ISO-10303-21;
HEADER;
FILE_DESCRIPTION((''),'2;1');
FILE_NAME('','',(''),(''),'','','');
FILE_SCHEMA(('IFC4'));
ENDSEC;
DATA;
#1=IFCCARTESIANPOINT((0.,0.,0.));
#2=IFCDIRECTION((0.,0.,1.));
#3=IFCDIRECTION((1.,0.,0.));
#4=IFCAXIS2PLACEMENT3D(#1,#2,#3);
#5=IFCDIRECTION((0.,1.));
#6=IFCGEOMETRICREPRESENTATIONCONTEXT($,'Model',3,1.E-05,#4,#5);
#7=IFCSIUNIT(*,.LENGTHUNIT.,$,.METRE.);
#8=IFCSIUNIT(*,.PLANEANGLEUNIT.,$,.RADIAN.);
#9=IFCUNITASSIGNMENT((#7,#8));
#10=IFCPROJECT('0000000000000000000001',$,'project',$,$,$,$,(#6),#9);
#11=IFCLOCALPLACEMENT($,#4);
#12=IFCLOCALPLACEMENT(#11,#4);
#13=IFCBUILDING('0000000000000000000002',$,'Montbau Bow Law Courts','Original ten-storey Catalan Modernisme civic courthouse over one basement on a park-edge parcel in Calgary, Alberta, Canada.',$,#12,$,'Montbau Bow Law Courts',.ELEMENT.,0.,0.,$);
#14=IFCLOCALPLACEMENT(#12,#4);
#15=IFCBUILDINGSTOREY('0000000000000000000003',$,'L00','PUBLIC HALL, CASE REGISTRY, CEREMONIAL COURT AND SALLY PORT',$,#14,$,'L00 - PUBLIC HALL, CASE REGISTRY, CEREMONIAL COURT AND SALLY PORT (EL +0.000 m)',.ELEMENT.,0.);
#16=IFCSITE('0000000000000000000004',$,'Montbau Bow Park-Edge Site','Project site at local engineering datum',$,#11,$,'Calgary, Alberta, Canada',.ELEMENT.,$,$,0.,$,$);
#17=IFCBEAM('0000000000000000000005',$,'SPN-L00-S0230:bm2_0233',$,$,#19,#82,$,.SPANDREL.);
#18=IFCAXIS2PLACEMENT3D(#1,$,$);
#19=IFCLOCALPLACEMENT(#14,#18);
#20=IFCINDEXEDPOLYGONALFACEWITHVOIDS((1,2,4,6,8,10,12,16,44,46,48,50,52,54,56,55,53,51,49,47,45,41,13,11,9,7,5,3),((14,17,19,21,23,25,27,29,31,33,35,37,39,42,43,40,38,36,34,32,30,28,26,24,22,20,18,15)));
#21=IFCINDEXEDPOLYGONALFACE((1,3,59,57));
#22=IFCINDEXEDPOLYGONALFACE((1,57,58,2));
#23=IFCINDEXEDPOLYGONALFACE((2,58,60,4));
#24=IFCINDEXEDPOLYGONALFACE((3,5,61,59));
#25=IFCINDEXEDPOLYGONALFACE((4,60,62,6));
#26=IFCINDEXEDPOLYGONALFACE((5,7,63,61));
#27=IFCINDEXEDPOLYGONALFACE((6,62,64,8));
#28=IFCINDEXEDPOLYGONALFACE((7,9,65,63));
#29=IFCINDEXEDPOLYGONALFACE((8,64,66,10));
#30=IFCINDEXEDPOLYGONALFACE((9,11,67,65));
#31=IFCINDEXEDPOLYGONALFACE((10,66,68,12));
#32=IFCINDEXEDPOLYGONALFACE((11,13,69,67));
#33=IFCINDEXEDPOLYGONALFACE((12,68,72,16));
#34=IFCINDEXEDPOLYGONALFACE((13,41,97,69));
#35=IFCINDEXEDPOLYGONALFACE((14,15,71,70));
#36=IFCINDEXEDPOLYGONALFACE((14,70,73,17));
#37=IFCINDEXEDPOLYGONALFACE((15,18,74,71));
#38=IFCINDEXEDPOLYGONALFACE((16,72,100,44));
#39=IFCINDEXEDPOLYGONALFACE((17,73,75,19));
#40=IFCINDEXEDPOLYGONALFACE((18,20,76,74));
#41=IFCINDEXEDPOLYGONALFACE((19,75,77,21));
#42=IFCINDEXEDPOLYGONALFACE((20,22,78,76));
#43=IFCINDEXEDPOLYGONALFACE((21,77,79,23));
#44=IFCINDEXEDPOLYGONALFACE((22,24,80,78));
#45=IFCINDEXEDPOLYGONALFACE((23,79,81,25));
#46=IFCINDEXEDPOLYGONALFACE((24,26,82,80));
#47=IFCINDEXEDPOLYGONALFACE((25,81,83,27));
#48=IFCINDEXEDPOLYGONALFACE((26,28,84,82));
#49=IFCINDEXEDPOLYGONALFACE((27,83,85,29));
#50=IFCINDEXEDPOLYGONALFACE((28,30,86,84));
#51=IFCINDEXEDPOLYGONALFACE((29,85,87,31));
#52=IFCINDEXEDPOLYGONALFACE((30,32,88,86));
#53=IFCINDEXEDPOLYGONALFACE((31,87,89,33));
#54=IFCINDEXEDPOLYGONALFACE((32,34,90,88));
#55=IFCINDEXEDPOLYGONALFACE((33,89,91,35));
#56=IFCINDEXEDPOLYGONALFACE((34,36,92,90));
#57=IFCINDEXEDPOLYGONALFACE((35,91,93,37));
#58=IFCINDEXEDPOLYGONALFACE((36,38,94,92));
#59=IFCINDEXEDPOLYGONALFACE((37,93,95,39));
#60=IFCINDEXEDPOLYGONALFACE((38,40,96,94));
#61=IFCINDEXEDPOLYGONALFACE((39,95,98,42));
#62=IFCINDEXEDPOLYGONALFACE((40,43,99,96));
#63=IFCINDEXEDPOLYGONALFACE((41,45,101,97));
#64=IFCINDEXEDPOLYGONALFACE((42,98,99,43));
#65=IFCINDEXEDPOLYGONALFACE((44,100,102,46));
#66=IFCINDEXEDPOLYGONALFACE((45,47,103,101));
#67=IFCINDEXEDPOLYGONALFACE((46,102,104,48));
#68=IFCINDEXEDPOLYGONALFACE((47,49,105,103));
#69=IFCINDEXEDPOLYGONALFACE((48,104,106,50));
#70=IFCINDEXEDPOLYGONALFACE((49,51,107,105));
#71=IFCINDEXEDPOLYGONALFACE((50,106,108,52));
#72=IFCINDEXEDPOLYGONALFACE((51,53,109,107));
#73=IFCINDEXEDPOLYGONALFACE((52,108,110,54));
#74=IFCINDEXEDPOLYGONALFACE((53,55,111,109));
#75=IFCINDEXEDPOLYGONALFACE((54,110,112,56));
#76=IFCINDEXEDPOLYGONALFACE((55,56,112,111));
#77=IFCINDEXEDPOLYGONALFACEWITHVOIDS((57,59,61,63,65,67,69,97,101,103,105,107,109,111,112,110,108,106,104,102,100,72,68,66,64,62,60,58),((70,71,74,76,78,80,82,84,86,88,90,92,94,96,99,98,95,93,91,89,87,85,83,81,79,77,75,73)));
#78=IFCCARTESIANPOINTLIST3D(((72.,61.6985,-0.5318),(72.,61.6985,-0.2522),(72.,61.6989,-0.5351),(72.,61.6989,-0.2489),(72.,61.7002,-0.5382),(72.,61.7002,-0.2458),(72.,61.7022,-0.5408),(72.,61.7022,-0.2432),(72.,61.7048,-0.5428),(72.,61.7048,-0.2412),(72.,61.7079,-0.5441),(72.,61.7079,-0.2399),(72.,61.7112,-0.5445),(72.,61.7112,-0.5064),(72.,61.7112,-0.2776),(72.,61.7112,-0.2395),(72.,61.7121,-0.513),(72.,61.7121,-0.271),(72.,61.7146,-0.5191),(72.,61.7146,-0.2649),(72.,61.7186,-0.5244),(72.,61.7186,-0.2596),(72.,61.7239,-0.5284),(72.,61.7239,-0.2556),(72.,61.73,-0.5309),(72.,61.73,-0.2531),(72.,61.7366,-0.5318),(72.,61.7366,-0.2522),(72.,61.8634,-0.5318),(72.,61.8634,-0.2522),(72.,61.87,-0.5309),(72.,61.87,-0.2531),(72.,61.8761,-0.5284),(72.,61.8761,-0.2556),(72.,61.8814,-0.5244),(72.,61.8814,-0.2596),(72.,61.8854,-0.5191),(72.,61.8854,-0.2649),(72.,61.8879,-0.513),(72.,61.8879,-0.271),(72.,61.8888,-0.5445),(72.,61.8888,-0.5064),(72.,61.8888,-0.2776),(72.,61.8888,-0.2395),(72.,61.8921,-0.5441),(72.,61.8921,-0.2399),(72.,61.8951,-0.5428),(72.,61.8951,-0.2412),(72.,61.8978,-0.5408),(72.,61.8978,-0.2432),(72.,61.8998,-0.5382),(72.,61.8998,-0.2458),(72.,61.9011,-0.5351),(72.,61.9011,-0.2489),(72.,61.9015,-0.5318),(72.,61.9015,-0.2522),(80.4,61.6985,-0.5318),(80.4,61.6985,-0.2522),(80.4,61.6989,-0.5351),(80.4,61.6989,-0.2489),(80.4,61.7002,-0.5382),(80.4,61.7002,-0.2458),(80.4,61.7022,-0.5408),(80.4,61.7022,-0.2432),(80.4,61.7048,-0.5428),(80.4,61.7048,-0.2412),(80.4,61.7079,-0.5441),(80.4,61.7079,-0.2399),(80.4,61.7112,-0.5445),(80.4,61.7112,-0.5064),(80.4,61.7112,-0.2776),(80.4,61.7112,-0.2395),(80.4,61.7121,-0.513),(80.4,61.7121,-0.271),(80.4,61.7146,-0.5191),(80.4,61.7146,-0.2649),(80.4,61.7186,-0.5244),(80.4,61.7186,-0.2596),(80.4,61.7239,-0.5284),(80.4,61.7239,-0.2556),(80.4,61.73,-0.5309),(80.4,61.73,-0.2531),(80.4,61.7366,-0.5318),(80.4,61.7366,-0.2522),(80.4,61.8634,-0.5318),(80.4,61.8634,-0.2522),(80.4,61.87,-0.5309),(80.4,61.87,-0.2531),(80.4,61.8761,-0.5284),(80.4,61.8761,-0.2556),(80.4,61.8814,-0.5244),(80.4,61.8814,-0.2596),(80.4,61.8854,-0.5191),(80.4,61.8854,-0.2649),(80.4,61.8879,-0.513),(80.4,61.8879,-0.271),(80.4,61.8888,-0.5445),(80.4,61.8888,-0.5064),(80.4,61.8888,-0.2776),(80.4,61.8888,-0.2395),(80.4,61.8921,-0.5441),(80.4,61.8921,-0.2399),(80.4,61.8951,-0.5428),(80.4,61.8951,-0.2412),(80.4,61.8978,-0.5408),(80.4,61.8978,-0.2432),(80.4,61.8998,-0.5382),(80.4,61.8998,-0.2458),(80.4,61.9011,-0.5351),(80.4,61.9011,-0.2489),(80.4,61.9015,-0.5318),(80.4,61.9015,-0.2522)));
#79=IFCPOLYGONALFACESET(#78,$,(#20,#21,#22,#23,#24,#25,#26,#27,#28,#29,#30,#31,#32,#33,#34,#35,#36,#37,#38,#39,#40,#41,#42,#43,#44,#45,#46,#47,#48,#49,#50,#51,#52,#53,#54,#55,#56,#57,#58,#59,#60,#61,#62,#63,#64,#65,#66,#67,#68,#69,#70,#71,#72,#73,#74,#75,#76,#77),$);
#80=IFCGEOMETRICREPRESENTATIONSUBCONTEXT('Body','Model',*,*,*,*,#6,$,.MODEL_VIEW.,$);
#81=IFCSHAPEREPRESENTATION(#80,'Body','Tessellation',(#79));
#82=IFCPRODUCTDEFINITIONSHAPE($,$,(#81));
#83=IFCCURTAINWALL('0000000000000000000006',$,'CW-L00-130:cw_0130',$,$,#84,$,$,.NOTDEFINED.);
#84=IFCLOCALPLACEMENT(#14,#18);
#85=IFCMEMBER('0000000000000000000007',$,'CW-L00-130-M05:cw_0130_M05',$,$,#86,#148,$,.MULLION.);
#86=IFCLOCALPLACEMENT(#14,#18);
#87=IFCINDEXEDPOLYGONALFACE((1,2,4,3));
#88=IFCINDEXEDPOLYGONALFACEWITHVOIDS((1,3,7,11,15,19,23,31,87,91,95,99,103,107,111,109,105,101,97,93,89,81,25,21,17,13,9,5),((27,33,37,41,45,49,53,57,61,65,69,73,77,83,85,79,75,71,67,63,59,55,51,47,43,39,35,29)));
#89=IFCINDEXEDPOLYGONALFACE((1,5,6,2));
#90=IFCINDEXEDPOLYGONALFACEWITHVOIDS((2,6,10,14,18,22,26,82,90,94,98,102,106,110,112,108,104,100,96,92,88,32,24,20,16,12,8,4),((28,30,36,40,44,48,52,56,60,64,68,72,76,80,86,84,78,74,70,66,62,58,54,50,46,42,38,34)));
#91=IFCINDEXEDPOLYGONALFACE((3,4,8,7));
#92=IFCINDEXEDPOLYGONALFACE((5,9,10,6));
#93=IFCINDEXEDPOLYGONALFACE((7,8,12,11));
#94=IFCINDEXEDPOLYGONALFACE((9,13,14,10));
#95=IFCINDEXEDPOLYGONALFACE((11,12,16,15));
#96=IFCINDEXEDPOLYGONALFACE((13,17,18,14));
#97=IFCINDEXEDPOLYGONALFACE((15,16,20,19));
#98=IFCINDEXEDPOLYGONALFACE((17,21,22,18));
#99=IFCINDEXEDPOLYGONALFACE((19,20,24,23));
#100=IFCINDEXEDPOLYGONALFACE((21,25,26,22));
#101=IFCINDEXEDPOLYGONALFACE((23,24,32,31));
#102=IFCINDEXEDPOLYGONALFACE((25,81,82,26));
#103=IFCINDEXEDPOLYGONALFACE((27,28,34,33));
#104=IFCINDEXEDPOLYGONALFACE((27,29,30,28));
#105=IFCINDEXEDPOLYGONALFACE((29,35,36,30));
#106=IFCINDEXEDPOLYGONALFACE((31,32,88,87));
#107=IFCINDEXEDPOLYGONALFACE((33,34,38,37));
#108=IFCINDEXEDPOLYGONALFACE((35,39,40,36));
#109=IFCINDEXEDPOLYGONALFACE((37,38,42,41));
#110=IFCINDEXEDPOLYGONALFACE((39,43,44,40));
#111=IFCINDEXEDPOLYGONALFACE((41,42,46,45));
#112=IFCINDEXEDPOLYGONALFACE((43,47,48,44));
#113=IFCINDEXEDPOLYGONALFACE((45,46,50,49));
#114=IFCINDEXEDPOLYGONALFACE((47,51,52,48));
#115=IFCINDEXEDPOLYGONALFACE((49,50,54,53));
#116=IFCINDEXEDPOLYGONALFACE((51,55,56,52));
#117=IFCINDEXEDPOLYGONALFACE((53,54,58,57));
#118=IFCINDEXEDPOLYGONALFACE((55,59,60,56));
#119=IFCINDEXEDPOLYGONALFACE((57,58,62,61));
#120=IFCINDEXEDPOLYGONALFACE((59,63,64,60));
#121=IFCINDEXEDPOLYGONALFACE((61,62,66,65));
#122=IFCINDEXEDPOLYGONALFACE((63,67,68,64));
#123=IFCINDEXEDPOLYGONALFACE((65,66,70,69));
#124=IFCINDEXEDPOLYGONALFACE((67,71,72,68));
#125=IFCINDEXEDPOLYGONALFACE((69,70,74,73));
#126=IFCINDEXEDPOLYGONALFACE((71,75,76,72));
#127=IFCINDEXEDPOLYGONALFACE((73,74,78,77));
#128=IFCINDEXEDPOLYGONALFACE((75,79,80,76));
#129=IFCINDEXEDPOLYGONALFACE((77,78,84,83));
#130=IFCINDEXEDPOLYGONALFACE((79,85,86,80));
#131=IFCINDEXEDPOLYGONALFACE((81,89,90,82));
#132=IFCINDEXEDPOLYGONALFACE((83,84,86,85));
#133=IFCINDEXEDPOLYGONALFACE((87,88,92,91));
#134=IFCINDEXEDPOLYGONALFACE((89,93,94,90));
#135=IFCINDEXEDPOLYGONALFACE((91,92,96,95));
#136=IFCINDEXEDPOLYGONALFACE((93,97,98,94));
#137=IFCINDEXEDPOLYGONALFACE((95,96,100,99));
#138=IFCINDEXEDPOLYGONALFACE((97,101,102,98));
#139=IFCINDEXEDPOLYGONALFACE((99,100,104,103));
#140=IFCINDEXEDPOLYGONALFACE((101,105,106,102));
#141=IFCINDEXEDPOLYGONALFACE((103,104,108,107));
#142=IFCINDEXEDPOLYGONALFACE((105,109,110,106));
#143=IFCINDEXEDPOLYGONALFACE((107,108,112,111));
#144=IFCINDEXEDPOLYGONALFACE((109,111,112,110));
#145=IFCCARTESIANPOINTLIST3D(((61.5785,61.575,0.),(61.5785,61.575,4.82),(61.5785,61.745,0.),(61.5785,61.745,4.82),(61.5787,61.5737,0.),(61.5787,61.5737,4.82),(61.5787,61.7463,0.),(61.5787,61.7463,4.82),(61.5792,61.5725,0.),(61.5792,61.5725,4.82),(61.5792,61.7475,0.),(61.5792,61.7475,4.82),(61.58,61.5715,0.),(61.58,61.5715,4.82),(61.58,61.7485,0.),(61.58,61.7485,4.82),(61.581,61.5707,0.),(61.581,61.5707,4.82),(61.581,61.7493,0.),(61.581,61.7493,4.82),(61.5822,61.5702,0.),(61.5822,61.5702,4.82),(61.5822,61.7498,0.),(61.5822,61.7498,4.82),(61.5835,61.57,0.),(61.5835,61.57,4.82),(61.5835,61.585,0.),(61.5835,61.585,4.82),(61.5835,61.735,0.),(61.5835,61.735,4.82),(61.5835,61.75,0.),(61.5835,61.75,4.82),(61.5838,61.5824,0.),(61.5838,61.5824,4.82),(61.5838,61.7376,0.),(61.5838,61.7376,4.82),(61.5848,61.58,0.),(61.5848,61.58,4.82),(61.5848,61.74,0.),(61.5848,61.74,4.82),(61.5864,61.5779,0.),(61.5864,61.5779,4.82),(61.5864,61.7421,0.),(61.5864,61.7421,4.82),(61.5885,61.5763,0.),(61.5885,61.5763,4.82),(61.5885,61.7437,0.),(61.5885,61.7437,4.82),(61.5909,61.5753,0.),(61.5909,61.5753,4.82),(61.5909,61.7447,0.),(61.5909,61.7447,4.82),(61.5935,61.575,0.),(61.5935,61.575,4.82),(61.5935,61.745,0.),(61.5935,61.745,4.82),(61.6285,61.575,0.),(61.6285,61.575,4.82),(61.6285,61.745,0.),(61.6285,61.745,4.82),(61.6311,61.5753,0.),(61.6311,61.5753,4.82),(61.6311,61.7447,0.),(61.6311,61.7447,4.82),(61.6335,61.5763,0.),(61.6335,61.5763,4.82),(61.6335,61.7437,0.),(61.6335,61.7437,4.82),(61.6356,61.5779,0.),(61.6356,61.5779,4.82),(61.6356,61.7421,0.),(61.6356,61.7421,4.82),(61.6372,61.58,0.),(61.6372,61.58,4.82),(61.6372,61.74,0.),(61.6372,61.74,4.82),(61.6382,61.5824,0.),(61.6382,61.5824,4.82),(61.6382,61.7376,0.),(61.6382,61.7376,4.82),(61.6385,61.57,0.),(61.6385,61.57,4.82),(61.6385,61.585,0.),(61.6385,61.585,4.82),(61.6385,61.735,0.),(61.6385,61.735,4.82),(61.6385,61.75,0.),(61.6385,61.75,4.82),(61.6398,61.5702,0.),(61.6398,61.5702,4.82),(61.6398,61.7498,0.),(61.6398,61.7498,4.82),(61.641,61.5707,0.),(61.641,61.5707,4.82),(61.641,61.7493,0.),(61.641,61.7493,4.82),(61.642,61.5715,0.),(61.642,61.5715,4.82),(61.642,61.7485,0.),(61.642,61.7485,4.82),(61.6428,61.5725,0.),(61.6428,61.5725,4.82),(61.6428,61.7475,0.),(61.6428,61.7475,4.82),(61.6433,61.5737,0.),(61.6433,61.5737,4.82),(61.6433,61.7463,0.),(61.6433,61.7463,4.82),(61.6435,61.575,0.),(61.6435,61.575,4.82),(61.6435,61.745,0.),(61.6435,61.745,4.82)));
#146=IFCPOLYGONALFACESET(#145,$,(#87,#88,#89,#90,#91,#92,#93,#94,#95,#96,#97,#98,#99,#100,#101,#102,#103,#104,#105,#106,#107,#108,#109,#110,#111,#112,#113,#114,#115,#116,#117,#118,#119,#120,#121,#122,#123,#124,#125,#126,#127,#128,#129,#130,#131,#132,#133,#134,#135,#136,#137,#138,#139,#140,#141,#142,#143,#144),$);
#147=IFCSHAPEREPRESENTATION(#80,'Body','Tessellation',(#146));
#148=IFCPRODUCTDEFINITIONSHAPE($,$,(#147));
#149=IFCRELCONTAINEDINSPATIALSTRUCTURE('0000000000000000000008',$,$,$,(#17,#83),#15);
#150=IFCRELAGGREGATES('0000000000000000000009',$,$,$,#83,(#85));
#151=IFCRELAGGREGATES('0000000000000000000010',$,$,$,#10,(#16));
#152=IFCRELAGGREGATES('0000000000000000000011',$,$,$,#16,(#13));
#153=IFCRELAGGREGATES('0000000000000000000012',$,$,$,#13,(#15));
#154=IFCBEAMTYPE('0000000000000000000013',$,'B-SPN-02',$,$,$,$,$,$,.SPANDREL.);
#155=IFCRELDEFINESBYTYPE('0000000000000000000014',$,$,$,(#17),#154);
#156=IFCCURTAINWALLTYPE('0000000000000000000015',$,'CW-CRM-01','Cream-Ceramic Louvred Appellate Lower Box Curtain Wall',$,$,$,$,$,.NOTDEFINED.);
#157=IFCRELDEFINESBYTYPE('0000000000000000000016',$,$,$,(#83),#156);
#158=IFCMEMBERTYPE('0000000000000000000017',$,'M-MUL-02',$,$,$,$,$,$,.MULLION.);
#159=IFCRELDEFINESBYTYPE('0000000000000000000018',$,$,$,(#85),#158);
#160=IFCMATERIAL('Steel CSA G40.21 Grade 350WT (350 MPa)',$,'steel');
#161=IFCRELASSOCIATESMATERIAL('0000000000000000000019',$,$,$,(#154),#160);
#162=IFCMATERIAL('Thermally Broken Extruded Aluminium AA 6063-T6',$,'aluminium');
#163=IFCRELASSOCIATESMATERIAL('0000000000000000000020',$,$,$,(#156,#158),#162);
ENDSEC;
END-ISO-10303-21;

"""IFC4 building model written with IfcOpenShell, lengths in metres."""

from ifc_helpers import new_model, si_unit, direction, frame, origin_with_axes, origin_2d_with_axis, place, context, subcontext, project, spatial, hollow_rectangle, extrude, material, material_profile, profile_set, type_object, element, aggregate, save


model = new_model("IFC4")

# Units and contexts
model_context = context("Model", 3, precision=1e-05, world=origin_with_axes(), true_north=direction((0.0, 1.0)))
body_context = subcontext(model_context, "Body", "Model", "MODEL_VIEW")
ifc_project = project(units=[si_unit("LENGTHUNIT", "METRE"), si_unit("PLANEANGLEUNIT", "RADIAN")], contexts=[model_context])

# Site, building, storey
site_placement = place(None, origin_with_axes())
site = spatial("IfcSite", under=ifc_project, at=site_placement, Name="Montbau Bow Park-Edge Site", Description="Project site at local engineering datum", LongName="Calgary, Alberta, Canada", CompositionType="ELEMENT", RefElevation=0.0)
building_placement = place(site_placement, origin_with_axes())
building = spatial("IfcBuilding", under=site, at=building_placement, Name="Montbau Bow Law Courts", Description="Original ten-storey Catalan Modernisme civic courthouse over one basement on a park-edge parcel in Calgary, Alberta, Canada.", LongName="Montbau Bow Law Courts", CompositionType="ELEMENT", ElevationOfRefHeight=0.0, ElevationOfTerrain=0.0)
storey_placement = place(building_placement, origin_with_axes())
storey = spatial("IfcBuildingStorey", under=building, at=storey_placement, Name="L00", Description="PUBLIC HALL, CASE REGISTRY, CEREMONIAL COURT AND SALLY PORT", LongName="L00 - PUBLIC HALL, CASE REGISTRY, CEREMONIAL COURT AND SALLY PORT (EL +0.000 m)", CompositionType="ELEMENT", Elevation=0.0)

# Shared definitions
ifc_material_1 = material(Name="Steel CSA G40.21 Grade 350WT (350 MPa)", Category="steel")

# Beam
ifc_material_profile_1 = material_profile(ifc_material_1, hollow_rectangle(XDim=0.203, YDim=0.305, WallThickness=0.0127, InnerFilletRadius=0.0254, OuterFilletRadius=0.0127, at=origin_2d_with_axis()), Name="HSS305X203X13", Category="Main", Priority=0)
ifc_profile_set_1 = profile_set([ifc_material_profile_1], Name="Steel CSA G40.21 Grade 350WT (350 MPa)")
beam_type_1 = type_object("IfcBeamType", Name="B-SPN-02", PredefinedType="SPANDREL", material=ifc_profile_set_1)
beam_1_placement = place(None, frame((72.0, 61.8, -0.392), z_axis=(1.0, 0.0, 0.0), x_axis=(0.0, 1.0, 0.0)))
element("IfcBeam", 1, at=beam_1_placement, inside=storey, type_object=beam_type_1, Name="SPN-L00-S0230:bm2_0233", PredefinedType="SPANDREL", context=body_context, shape_type="SweptSolid", body=[
    extrude(hollow_rectangle(XDim=0.203, YDim=0.305, WallThickness=0.0127, InnerFilletRadius=0.0254, OuterFilletRadius=0.0127, at=origin_2d_with_axis()), origin_with_axes(), (0.0, 0.0, 1.0), 8.4),
])

# Curtain wall, member
ifc_material_2 = material(Name="Thermally Broken Extruded Aluminium AA 6063-T6", Category="aluminium")
curtain_wall_type = type_object("IfcCurtainWallType", Name="CW-CRM-01", Description="Cream-Ceramic Louvred Appellate Lower Box Curtain Wall", PredefinedType="NOTDEFINED", material=ifc_material_2)
curtain_wall_placement = place(None, frame((55.715, 61.66, 0.0), z_axis=(0.0, 0.0, 1.0), x_axis=(1.0, 0.0, 0.0)))
curtain_wall = element("IfcCurtainWall", 2, at=curtain_wall_placement, inside=storey, type_object=curtain_wall_type, Name="CW-L00-130:cw_0130", PredefinedType="NOTDEFINED")
ifc_material_profile_2 = material_profile(ifc_material_2, hollow_rectangle(XDim=0.065, YDim=0.18, WallThickness=0.005, InnerFilletRadius=0.01, OuterFilletRadius=0.005, at=origin_2d_with_axis()), Name="CWM-180X65", Category="Main", Priority=0)
ifc_profile_set_2 = profile_set([ifc_material_profile_2], Name="Thermally Broken Extruded Aluminium AA 6063-T6")
member_type_1 = type_object("IfcMemberType", Name="M-MUL-02", PredefinedType="MULLION", material=ifc_profile_set_2)
member_1_placement = place(None, frame((61.611, 61.66, 0.0), z_axis=(0.0, 0.0, 1.0), x_axis=(1.0, 0.0, 0.0)))
member_1 = element("IfcMember", 3, at=member_1_placement, type_object=member_type_1, Name="CW-L00-130-M05:cw_0130_M05", PredefinedType="MULLION", context=body_context, shape_type="SweptSolid", body=[
    extrude(hollow_rectangle(XDim=0.065, YDim=0.18, WallThickness=0.005, InnerFilletRadius=0.01, OuterFilletRadius=0.005, at=origin_2d_with_axis()), origin_with_axes(), (0.0, 0.0, 1.0), 4.82),
])
aggregate(curtain_wall, [member_1])

save(model, "model.ifc")
